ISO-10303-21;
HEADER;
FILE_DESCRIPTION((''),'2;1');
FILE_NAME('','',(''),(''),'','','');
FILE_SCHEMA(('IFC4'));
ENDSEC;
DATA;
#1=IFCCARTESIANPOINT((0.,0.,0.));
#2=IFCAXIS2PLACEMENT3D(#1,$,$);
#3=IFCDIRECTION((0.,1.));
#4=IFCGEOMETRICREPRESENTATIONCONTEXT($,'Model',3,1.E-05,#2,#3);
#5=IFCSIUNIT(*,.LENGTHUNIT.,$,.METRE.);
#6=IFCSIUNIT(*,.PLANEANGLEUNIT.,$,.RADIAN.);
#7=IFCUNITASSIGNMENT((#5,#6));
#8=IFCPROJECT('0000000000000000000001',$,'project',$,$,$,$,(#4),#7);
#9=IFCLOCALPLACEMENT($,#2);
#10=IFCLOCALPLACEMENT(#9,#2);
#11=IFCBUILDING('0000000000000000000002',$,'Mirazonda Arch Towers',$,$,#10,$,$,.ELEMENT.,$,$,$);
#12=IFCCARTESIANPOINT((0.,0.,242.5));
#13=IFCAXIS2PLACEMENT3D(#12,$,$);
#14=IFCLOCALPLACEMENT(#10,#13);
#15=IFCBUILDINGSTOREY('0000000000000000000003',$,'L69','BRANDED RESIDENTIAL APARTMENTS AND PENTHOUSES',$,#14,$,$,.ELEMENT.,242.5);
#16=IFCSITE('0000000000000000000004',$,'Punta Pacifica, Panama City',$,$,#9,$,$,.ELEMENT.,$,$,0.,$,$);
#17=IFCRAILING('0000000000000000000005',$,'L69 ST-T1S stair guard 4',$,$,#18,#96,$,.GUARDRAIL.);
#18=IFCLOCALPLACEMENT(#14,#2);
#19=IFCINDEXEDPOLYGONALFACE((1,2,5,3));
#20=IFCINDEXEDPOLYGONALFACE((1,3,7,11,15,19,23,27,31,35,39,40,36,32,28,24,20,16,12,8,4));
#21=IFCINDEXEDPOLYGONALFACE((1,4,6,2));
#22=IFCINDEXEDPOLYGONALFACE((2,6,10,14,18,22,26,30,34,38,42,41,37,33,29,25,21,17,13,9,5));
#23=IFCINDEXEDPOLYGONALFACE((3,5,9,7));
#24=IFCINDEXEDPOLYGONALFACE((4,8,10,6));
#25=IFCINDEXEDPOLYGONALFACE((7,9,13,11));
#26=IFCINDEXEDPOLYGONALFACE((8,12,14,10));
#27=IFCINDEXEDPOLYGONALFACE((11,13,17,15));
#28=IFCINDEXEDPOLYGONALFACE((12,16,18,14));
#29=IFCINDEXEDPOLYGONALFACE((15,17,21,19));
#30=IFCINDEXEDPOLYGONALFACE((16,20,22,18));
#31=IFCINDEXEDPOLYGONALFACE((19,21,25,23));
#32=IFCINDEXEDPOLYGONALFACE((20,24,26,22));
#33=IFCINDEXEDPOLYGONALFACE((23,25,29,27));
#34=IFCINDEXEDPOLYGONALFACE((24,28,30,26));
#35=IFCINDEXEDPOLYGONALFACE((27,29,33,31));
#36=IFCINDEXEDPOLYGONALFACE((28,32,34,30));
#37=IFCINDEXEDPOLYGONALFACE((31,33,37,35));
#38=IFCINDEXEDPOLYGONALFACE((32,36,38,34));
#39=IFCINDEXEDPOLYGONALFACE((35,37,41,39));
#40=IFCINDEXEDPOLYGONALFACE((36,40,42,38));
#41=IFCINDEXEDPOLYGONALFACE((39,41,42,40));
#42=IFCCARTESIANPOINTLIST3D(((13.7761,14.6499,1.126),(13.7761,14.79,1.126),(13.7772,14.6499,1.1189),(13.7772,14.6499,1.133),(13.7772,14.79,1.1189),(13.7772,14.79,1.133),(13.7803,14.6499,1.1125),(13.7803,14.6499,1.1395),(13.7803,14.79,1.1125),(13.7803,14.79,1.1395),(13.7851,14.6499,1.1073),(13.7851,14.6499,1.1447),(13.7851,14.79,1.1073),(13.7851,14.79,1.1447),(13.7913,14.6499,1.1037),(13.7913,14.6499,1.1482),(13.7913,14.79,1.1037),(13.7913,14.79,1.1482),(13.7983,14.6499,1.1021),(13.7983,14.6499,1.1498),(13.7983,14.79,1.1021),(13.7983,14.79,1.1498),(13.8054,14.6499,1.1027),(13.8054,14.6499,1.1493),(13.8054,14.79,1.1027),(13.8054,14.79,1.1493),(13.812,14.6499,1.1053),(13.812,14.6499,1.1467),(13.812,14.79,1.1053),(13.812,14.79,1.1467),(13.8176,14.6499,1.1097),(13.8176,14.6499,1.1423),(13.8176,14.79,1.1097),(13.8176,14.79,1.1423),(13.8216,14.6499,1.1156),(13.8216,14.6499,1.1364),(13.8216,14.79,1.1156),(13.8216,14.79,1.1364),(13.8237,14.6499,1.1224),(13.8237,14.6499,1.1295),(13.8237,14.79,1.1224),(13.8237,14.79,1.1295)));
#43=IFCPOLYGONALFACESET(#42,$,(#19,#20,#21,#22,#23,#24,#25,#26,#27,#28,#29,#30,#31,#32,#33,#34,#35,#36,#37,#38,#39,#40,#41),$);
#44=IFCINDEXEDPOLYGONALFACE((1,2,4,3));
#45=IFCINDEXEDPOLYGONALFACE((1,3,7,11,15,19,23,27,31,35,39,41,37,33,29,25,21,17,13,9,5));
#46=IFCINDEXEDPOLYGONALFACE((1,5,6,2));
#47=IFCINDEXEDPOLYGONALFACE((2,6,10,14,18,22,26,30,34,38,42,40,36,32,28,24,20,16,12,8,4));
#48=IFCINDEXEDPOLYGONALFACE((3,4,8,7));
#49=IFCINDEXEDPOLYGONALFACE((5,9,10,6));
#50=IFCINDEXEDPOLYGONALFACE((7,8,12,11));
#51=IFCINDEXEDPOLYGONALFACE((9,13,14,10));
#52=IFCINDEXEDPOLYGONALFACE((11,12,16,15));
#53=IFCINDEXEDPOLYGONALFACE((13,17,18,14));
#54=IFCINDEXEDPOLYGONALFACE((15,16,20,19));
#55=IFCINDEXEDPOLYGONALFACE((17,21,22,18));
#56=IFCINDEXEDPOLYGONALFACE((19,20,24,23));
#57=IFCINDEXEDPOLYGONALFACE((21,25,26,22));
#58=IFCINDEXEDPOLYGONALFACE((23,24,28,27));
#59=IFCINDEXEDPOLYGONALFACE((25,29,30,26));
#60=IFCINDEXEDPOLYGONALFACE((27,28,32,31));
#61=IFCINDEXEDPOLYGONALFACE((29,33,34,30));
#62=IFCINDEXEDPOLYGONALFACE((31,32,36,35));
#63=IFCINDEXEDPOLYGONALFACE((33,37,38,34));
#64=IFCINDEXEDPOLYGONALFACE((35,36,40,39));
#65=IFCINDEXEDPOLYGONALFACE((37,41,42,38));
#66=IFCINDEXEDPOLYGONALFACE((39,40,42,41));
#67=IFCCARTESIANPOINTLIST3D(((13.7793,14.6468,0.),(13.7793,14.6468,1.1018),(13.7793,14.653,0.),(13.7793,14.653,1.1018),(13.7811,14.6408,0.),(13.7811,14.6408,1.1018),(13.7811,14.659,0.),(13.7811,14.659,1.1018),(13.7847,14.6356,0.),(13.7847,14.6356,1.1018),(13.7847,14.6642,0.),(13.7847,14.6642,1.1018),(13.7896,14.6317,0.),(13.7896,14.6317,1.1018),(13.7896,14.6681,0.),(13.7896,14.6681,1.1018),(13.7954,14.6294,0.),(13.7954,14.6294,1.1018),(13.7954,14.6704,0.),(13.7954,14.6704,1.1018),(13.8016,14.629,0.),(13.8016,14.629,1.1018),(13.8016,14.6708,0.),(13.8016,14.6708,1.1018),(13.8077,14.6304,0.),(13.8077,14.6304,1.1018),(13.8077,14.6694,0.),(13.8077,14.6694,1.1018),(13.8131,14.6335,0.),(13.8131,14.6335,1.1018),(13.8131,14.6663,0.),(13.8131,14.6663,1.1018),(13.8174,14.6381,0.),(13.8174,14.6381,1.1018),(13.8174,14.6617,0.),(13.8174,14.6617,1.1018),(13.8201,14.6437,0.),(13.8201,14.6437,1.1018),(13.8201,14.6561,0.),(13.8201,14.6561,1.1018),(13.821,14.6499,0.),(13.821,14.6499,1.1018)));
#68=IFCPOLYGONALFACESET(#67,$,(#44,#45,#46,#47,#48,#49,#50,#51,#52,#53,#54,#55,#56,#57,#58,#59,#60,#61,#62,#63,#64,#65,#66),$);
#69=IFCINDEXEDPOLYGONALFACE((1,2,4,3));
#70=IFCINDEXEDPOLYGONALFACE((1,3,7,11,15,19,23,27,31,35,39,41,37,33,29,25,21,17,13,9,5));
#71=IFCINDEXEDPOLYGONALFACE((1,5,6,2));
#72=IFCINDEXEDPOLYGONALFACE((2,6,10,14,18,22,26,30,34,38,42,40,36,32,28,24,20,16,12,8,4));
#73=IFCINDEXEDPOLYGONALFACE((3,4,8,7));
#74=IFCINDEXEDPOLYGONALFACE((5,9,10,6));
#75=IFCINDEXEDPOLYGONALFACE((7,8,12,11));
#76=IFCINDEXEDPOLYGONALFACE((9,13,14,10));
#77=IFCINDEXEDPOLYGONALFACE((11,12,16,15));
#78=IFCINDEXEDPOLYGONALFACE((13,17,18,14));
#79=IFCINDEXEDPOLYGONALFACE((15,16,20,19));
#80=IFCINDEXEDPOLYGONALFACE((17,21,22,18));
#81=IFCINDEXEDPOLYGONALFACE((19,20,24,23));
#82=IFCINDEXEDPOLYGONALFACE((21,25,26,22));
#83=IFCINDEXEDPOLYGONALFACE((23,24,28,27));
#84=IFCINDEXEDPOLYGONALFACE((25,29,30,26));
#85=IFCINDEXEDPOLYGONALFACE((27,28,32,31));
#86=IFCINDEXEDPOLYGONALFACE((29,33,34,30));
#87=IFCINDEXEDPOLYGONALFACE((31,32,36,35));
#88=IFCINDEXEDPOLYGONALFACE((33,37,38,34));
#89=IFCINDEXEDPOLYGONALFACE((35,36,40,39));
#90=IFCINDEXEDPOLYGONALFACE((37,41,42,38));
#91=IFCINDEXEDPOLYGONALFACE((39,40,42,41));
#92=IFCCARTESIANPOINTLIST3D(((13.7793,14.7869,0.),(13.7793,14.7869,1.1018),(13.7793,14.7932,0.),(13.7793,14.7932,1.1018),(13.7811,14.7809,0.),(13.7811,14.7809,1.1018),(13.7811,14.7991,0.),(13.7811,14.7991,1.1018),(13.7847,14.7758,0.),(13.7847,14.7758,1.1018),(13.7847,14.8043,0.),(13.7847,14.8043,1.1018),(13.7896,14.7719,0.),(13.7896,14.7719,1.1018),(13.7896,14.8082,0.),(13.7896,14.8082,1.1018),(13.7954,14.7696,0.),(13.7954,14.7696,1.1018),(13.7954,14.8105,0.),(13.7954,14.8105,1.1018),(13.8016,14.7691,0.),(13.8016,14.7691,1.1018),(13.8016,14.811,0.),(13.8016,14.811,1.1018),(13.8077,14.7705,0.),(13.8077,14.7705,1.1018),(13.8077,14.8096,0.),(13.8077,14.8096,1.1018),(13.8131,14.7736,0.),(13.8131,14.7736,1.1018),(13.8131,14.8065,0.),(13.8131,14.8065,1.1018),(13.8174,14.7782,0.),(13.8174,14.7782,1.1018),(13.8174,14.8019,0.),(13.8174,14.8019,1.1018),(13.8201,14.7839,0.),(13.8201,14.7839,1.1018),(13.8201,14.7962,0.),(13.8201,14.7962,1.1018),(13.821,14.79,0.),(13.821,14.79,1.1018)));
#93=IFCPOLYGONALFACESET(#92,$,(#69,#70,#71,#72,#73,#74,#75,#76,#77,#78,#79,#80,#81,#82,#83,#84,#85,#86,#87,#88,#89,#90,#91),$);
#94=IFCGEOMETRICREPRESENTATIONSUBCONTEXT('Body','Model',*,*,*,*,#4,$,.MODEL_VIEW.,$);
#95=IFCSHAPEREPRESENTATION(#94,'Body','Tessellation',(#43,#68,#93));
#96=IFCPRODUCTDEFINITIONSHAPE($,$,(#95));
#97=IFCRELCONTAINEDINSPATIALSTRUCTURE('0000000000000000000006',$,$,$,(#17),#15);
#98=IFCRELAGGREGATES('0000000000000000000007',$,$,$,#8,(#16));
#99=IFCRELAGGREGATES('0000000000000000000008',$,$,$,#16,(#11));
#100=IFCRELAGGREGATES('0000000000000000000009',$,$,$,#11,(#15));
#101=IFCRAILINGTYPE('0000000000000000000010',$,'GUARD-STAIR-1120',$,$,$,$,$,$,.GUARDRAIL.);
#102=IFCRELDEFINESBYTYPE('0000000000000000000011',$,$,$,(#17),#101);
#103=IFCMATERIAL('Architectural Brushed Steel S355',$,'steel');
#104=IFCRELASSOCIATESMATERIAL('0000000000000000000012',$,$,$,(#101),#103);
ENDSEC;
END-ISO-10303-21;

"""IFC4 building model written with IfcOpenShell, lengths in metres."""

from ifc_helpers import new_model, si_unit, direction, frame, origin, origin_2d, place, context, subcontext, project, spatial, circle, extrude, material, type_object, element, save


model = new_model("IFC4")

# Units and contexts
model_context = context("Model", 3, precision=1e-05, world=origin(), true_north=direction((0.0, 1.0)))
body_context = subcontext(model_context, "Body", "Model", "MODEL_VIEW")
ifc_project = project(units=[si_unit("LENGTHUNIT", "METRE"), si_unit("PLANEANGLEUNIT", "RADIAN")], contexts=[model_context])

# Site, building, storey
site_placement = place(None, origin())
site = spatial("IfcSite", under=ifc_project, at=site_placement, Name="Punta Pacifica, Panama City", CompositionType="ELEMENT", RefElevation=0.0)
building_placement = place(site_placement, origin())
building = spatial("IfcBuilding", under=site, at=building_placement, Name="Mirazonda Arch Towers", CompositionType="ELEMENT")
storey_placement = place(building_placement, frame((0.0, 0.0, 242.5)))
storey = spatial("IfcBuildingStorey", under=building, at=storey_placement, Name="L69", Description="BRANDED RESIDENTIAL APARTMENTS AND PENTHOUSES", CompositionType="ELEMENT", Elevation=242.5)

# Railing
ifc_material_1 = material(Name="Architectural Brushed Steel S355", Category="steel")
railing_type_1 = type_object("IfcRailingType", Name="GUARD-STAIR-1120", PredefinedType="GUARDRAIL", material=ifc_material_1)
railing_1_placement = place(storey_placement, frame((13.8, 14.6499, 0.0)))
element("IfcRailing", 1, at=railing_1_placement, inside=storey, type_object=railing_type_1, Name="L69 ST-T1S stair guard 4", PredefinedType="GUARDRAIL", context=body_context, shape_type="SweptSolid", body=[
    extrude(circle(Radius=0.0239, at=origin_2d()), frame((0.0, 0.0, 1.126), z_axis=(0.0, 1.0, 0.0), x_axis=(-1.0, 0.0, 0.0)), (0.0, 0.0, 1.0), 0.1401),
    extrude(circle(Radius=0.021, at=origin_2d()), origin(), (0.0, 0.0, 1.0), 1.1018),
    extrude(circle(Radius=0.021, at=origin_2d()), frame((0.0, 0.1401, 0.0)), (0.0, 0.0, 1.0), 1.1018),
])

save(model, "model.ifc")
